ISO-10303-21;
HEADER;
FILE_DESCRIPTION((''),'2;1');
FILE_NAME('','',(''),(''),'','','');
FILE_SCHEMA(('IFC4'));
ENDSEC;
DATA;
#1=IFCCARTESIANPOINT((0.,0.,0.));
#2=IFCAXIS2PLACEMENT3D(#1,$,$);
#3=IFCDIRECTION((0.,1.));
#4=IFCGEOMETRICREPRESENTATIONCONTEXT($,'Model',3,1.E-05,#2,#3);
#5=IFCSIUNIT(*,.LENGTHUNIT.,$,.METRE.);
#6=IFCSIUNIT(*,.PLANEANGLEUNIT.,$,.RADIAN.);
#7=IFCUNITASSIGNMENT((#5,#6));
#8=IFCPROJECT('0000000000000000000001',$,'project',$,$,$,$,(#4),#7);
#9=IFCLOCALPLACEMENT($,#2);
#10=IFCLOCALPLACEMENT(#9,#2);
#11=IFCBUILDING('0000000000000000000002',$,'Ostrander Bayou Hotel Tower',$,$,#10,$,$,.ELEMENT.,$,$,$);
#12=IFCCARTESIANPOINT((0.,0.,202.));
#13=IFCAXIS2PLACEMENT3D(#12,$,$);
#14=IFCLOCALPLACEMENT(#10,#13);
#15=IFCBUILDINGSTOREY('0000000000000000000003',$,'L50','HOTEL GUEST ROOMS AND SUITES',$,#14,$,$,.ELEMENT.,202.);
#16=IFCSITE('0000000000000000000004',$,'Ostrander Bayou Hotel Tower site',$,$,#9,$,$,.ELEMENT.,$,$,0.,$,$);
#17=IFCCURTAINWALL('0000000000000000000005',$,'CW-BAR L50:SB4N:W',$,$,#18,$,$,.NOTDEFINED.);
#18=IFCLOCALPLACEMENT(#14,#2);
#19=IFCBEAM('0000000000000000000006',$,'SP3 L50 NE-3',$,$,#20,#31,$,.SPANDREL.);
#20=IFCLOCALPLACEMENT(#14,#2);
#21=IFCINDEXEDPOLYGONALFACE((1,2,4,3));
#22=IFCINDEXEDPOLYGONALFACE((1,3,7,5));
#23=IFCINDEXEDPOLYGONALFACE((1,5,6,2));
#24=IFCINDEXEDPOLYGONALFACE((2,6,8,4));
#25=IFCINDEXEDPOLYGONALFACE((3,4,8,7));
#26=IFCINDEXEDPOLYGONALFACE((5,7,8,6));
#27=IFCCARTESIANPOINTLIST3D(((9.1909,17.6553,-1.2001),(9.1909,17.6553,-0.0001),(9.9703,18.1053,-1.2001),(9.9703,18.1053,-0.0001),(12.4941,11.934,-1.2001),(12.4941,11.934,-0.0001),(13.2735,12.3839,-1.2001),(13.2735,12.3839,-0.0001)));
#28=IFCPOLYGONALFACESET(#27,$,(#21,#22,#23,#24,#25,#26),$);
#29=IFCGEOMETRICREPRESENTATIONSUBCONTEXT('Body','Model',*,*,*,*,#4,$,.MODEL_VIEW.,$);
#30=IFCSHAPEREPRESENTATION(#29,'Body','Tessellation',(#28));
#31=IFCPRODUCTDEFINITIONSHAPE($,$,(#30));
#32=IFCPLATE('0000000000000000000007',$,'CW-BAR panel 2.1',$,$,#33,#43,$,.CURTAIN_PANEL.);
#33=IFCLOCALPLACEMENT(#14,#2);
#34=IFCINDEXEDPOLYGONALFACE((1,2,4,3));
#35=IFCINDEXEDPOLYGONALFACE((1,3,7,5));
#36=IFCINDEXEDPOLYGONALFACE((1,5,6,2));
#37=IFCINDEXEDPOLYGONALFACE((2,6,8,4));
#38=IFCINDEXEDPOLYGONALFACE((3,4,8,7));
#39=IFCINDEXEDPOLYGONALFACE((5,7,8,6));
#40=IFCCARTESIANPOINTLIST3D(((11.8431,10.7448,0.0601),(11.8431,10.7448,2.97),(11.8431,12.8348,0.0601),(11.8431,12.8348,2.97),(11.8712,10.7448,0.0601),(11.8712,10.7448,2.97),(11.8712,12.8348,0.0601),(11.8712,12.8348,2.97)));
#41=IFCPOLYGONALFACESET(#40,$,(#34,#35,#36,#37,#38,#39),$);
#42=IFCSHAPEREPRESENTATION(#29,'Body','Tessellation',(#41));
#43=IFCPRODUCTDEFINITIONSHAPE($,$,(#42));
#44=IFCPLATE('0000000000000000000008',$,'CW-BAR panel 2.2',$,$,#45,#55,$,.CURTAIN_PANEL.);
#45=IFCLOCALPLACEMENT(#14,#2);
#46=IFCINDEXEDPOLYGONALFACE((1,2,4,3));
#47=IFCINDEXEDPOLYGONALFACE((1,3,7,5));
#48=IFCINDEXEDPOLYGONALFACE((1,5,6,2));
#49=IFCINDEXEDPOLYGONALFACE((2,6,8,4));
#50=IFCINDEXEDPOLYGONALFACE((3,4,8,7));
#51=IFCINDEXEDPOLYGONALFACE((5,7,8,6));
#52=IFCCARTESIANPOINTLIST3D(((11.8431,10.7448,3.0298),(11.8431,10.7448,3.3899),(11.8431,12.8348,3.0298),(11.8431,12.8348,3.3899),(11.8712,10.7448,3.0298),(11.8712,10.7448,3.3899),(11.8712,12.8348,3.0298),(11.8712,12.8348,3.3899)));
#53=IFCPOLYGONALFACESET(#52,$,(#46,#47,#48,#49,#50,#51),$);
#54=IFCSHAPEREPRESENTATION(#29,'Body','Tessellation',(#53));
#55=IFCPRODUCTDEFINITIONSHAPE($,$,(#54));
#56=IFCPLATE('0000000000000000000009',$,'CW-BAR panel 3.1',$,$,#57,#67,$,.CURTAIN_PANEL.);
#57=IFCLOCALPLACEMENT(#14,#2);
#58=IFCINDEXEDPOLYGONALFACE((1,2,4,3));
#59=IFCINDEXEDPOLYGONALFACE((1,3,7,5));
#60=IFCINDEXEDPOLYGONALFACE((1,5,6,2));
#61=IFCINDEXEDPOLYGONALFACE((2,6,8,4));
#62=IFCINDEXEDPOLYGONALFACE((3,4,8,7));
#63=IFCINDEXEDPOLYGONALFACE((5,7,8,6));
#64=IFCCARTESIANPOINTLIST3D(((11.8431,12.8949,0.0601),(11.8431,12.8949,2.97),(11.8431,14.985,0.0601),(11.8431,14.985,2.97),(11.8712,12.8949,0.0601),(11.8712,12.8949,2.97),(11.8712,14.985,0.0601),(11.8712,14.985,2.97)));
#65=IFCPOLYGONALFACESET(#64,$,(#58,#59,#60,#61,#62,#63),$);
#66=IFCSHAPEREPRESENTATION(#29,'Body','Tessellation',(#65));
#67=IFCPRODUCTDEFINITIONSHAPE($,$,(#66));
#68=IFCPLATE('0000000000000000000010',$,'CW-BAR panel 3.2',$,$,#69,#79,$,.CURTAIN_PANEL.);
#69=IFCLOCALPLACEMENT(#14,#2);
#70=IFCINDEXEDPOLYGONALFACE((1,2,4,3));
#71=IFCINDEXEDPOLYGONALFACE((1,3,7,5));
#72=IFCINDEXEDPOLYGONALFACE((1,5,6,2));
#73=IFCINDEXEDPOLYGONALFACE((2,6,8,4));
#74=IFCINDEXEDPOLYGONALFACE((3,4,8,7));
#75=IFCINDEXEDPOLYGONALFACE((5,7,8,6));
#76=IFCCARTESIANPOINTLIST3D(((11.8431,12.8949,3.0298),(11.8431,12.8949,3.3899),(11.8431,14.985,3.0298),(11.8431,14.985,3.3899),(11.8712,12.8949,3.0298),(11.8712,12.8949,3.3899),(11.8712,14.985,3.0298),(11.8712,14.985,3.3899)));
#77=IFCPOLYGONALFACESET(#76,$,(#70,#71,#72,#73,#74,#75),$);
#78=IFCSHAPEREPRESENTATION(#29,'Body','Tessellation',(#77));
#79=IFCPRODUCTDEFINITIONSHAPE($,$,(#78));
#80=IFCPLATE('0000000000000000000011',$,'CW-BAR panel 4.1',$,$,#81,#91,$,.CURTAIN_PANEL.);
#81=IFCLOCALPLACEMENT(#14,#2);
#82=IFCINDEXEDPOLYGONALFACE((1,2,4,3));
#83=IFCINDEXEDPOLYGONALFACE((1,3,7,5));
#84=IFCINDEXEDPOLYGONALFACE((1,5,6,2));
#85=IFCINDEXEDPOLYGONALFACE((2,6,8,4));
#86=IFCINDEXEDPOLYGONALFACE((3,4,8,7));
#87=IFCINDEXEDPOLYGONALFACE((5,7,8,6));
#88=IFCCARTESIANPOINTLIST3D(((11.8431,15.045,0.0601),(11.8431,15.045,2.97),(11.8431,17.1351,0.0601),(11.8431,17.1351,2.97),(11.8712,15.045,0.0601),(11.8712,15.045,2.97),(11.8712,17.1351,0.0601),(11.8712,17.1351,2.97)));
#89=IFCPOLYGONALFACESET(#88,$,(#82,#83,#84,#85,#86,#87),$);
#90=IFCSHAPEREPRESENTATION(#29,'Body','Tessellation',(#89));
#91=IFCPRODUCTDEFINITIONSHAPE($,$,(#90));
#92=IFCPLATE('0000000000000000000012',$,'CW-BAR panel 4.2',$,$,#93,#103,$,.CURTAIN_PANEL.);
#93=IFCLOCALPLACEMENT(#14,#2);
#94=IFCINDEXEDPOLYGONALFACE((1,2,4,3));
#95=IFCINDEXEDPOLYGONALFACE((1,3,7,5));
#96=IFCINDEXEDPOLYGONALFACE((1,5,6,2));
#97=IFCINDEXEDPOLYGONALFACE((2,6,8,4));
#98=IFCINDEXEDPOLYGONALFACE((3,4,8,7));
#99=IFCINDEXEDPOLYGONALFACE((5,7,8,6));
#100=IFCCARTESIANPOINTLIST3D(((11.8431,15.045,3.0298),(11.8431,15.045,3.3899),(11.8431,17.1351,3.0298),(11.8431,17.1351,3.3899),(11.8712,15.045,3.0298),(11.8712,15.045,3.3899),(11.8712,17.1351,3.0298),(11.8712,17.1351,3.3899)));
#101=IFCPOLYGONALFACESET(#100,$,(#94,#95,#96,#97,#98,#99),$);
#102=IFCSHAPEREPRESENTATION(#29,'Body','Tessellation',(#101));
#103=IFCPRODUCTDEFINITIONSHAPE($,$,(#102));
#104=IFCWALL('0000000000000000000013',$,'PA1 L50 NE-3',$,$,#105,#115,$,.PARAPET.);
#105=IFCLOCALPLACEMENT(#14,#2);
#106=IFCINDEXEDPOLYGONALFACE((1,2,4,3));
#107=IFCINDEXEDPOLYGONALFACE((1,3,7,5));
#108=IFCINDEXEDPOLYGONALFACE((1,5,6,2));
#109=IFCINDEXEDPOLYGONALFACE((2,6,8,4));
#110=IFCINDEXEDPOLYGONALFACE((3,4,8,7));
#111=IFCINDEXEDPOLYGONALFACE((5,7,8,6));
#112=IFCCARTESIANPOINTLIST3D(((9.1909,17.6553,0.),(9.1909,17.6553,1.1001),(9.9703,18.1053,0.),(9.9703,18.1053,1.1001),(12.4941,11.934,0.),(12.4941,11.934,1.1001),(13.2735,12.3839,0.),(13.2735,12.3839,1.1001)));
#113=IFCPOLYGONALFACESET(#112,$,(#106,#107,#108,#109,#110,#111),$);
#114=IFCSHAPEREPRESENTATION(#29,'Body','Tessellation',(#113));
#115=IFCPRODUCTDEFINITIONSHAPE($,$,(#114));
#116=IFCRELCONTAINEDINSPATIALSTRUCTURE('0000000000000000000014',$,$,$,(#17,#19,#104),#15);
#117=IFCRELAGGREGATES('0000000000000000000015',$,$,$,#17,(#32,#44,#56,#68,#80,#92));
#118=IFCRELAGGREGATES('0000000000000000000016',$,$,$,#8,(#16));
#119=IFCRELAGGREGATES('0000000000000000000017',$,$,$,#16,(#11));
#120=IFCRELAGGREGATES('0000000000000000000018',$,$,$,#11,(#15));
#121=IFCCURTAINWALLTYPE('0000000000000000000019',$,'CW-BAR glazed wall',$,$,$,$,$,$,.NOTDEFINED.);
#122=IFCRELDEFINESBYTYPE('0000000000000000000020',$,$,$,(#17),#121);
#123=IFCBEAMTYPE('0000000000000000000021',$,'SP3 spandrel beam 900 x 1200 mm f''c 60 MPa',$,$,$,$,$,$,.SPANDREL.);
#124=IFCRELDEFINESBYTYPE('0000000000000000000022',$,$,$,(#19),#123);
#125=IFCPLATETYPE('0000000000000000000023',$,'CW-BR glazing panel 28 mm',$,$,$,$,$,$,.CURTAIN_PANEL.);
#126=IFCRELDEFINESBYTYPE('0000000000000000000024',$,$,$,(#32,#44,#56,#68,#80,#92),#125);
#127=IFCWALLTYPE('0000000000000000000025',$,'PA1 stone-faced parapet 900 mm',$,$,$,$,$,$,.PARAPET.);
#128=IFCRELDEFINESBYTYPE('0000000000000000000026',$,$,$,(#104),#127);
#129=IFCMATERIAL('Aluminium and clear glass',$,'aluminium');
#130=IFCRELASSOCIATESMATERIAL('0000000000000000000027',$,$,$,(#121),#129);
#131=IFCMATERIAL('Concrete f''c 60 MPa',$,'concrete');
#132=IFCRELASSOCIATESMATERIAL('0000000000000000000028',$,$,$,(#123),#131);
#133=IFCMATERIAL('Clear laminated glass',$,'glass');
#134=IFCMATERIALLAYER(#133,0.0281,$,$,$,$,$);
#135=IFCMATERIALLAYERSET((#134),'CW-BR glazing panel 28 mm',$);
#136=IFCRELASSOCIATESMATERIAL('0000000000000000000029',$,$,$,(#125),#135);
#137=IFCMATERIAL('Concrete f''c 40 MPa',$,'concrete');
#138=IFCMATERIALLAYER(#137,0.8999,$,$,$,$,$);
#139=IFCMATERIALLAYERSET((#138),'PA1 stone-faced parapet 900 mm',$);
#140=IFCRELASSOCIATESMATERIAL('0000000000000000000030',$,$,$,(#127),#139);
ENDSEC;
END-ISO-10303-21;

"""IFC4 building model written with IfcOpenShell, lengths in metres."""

from ifc_helpers import new_model, si_unit, direction, frame, frame_2d, origin, origin_2d, place, context, subcontext, project, spatial, rectangle, extrude, material, layer, layer_set, material_profile, profile_set, type_object, element, aggregate, save


model = new_model("IFC4")

# Units and contexts
model_context = context("Model", 3, precision=1e-05, world=origin(), true_north=direction((0.0, 1.0)))
body_context = subcontext(model_context, "Body", "Model", "MODEL_VIEW")
ifc_project = project(units=[si_unit("LENGTHUNIT", "METRE"), si_unit("PLANEANGLEUNIT", "RADIAN")], contexts=[model_context])

# Site, building, storey
site_placement = place(None, origin())
site = spatial("IfcSite", under=ifc_project, at=site_placement, Name="Ostrander Bayou Hotel Tower site", CompositionType="ELEMENT", RefElevation=0.0)
building_placement = place(site_placement, origin())
building = spatial("IfcBuilding", under=site, at=building_placement, Name="Ostrander Bayou Hotel Tower", CompositionType="ELEMENT")
storey_placement = place(building_placement, frame((0.0, 0.0, 202.0)))
storey = spatial("IfcBuildingStorey", under=building, at=storey_placement, Name="L50", Description="HOTEL GUEST ROOMS AND SUITES", CompositionType="ELEMENT", Elevation=202.0)

# Curtain wall
ifc_material_1 = material(Name="Aluminium and clear glass", Category="aluminium")
curtain_wall_type = type_object("IfcCurtainWallType", Name="CW-BAR glazed wall", PredefinedType="NOTDEFINED", material=ifc_material_1)
curtain_wall_placement = place(storey_placement, origin())
curtain_wall = element("IfcCurtainWall", 1, at=curtain_wall_placement, inside=storey, type_object=curtain_wall_type, Name="CW-BAR L50:SB4N:W", PredefinedType="NOTDEFINED")

# Beam
ifc_material_2 = material(Name="Concrete f'c 60 MPa", Category="concrete")
ifc_material_profile_1 = material_profile(ifc_material_2, rectangle(XDim=0.8999, YDim=1.2, at=origin_2d()))
ifc_profile_set_1 = profile_set([ifc_material_profile_1], Name="Concrete f'c 60 MPa")
beam_type_1 = type_object("IfcBeamType", Name="SP3 spandrel beam 900 x 1200 mm f'c 60 MPa", PredefinedType="SPANDREL", material=ifc_profile_set_1)
beam_1_placement = place(storey_placement, frame((12.8838, 12.1589, -0.6001), z_axis=(-0.499994, 0.866029, 0.0), x_axis=(-0.866029, -0.499994, 0.0)))
element("IfcBeam", 2, at=beam_1_placement, inside=storey, type_object=beam_type_1, Name="SP3 L50 NE-3", PredefinedType="SPANDREL", context=body_context, shape_type="SweptSolid", body=[
    extrude(rectangle(XDim=0.8999, YDim=1.2, at=origin_2d()), origin(), (0.0, 0.0, 1.0), 6.6064),
])

# Plates
ifc_material_3 = material(Name="Clear laminated glass", Category="glass")
ifc_layer_1 = layer(ifc_material_3, 0.0281)
ifc_layer_set_1 = layer_set([ifc_layer_1], Name="CW-BR glazing panel 28 mm")
plate_type = type_object("IfcPlateType", Name="CW-BR glazing panel 28 mm", PredefinedType="CURTAIN_PANEL", material=ifc_layer_set_1)
plate_1_placement = place(storey_placement, frame((11.8572, 11.7898, 0.0601), z_axis=(0.0, 0.0, 1.0), x_axis=(0.0, 1.0, 0.0)))
plate_1 = element("IfcPlate", 3, at=plate_1_placement, type_object=plate_type, Name="CW-BAR panel 2.1", PredefinedType="CURTAIN_PANEL", context=body_context, shape_type="SweptSolid", body=[
    extrude(rectangle(XDim=2.0901, YDim=0.0281, at=origin_2d()), origin(), (0.0, 0.0, 1.0), 2.9099),
])
plate_2_placement = place(storey_placement, frame((11.8572, 11.7898, 3.0298), z_axis=(0.0, 0.0, 1.0), x_axis=(0.0, 1.0, 0.0)))
plate_2 = element("IfcPlate", 4, at=plate_2_placement, type_object=plate_type, Name="CW-BAR panel 2.2", PredefinedType="CURTAIN_PANEL", context=body_context, shape_type="SweptSolid", body=[
    extrude(rectangle(XDim=2.0901, YDim=0.0281, at=origin_2d()), origin(), (0.0, 0.0, 1.0), 0.3601),
])
plate_3_placement = place(storey_placement, frame((11.8572, 13.9399, 0.0601), z_axis=(0.0, 0.0, 1.0), x_axis=(0.0, 1.0, 0.0)))
plate_3 = element("IfcPlate", 5, at=plate_3_placement, type_object=plate_type, Name="CW-BAR panel 3.1", PredefinedType="CURTAIN_PANEL", context=body_context, shape_type="SweptSolid", body=[
    extrude(rectangle(XDim=2.0901, YDim=0.0281, at=origin_2d()), origin(), (0.0, 0.0, 1.0), 2.9099),
])
plate_4_placement = place(storey_placement, frame((11.8572, 13.9399, 3.0298), z_axis=(0.0, 0.0, 1.0), x_axis=(0.0, 1.0, 0.0)))
plate_4 = element("IfcPlate", 6, at=plate_4_placement, type_object=plate_type, Name="CW-BAR panel 3.2", PredefinedType="CURTAIN_PANEL", context=body_context, shape_type="SweptSolid", body=[
    extrude(rectangle(XDim=2.0901, YDim=0.0281, at=origin_2d()), origin(), (0.0, 0.0, 1.0), 0.3601),
])
plate_5_placement = place(storey_placement, frame((11.8572, 16.0901, 0.0601), z_axis=(0.0, 0.0, 1.0), x_axis=(0.0, 1.0, 0.0)))
plate_5 = element("IfcPlate", 7, at=plate_5_placement, type_object=plate_type, Name="CW-BAR panel 4.1", PredefinedType="CURTAIN_PANEL", context=body_context, shape_type="SweptSolid", body=[
    extrude(rectangle(XDim=2.0901, YDim=0.0281, at=origin_2d()), origin(), (0.0, 0.0, 1.0), 2.9099),
])
plate_6_placement = place(storey_placement, frame((11.8572, 16.0901, 3.0298), z_axis=(0.0, 0.0, 1.0), x_axis=(0.0, 1.0, 0.0)))
plate_6 = element("IfcPlate", 8, at=plate_6_placement, type_object=plate_type, Name="CW-BAR panel 4.2", PredefinedType="CURTAIN_PANEL", context=body_context, shape_type="SweptSolid", body=[
    extrude(rectangle(XDim=2.0901, YDim=0.0281, at=origin_2d()), origin(), (0.0, 0.0, 1.0), 0.3601),
])
aggregate(curtain_wall, [plate_1, plate_2, plate_3, plate_4, plate_5, plate_6])

# Wall
ifc_material_4 = material(Name="Concrete f'c 40 MPa", Category="concrete")
ifc_layer_2 = layer(ifc_material_4, 0.8999)
ifc_layer_set_2 = layer_set([ifc_layer_2], Name="PA1 stone-faced parapet 900 mm")
wall_type = type_object("IfcWallType", Name="PA1 stone-faced parapet 900 mm", PredefinedType="PARAPET", material=ifc_layer_set_2)
wall_placement = place(storey_placement, frame((12.8838, 12.1589, 0.0), z_axis=(0.0, 0.0, 1.0), x_axis=(-0.499994, 0.866029, 0.0)))
element("IfcWall", 9, at=wall_placement, inside=storey, type_object=wall_type, Name="PA1 L50 NE-3", PredefinedType="PARAPET", context=body_context, shape_type="SweptSolid", body=[
    extrude(rectangle(XDim=6.6064, YDim=0.8999, at=frame_2d((3.3032, 0.0))), origin(), (0.0, 0.0, 1.0), 1.1001),
])

save(model, "model.ifc")
